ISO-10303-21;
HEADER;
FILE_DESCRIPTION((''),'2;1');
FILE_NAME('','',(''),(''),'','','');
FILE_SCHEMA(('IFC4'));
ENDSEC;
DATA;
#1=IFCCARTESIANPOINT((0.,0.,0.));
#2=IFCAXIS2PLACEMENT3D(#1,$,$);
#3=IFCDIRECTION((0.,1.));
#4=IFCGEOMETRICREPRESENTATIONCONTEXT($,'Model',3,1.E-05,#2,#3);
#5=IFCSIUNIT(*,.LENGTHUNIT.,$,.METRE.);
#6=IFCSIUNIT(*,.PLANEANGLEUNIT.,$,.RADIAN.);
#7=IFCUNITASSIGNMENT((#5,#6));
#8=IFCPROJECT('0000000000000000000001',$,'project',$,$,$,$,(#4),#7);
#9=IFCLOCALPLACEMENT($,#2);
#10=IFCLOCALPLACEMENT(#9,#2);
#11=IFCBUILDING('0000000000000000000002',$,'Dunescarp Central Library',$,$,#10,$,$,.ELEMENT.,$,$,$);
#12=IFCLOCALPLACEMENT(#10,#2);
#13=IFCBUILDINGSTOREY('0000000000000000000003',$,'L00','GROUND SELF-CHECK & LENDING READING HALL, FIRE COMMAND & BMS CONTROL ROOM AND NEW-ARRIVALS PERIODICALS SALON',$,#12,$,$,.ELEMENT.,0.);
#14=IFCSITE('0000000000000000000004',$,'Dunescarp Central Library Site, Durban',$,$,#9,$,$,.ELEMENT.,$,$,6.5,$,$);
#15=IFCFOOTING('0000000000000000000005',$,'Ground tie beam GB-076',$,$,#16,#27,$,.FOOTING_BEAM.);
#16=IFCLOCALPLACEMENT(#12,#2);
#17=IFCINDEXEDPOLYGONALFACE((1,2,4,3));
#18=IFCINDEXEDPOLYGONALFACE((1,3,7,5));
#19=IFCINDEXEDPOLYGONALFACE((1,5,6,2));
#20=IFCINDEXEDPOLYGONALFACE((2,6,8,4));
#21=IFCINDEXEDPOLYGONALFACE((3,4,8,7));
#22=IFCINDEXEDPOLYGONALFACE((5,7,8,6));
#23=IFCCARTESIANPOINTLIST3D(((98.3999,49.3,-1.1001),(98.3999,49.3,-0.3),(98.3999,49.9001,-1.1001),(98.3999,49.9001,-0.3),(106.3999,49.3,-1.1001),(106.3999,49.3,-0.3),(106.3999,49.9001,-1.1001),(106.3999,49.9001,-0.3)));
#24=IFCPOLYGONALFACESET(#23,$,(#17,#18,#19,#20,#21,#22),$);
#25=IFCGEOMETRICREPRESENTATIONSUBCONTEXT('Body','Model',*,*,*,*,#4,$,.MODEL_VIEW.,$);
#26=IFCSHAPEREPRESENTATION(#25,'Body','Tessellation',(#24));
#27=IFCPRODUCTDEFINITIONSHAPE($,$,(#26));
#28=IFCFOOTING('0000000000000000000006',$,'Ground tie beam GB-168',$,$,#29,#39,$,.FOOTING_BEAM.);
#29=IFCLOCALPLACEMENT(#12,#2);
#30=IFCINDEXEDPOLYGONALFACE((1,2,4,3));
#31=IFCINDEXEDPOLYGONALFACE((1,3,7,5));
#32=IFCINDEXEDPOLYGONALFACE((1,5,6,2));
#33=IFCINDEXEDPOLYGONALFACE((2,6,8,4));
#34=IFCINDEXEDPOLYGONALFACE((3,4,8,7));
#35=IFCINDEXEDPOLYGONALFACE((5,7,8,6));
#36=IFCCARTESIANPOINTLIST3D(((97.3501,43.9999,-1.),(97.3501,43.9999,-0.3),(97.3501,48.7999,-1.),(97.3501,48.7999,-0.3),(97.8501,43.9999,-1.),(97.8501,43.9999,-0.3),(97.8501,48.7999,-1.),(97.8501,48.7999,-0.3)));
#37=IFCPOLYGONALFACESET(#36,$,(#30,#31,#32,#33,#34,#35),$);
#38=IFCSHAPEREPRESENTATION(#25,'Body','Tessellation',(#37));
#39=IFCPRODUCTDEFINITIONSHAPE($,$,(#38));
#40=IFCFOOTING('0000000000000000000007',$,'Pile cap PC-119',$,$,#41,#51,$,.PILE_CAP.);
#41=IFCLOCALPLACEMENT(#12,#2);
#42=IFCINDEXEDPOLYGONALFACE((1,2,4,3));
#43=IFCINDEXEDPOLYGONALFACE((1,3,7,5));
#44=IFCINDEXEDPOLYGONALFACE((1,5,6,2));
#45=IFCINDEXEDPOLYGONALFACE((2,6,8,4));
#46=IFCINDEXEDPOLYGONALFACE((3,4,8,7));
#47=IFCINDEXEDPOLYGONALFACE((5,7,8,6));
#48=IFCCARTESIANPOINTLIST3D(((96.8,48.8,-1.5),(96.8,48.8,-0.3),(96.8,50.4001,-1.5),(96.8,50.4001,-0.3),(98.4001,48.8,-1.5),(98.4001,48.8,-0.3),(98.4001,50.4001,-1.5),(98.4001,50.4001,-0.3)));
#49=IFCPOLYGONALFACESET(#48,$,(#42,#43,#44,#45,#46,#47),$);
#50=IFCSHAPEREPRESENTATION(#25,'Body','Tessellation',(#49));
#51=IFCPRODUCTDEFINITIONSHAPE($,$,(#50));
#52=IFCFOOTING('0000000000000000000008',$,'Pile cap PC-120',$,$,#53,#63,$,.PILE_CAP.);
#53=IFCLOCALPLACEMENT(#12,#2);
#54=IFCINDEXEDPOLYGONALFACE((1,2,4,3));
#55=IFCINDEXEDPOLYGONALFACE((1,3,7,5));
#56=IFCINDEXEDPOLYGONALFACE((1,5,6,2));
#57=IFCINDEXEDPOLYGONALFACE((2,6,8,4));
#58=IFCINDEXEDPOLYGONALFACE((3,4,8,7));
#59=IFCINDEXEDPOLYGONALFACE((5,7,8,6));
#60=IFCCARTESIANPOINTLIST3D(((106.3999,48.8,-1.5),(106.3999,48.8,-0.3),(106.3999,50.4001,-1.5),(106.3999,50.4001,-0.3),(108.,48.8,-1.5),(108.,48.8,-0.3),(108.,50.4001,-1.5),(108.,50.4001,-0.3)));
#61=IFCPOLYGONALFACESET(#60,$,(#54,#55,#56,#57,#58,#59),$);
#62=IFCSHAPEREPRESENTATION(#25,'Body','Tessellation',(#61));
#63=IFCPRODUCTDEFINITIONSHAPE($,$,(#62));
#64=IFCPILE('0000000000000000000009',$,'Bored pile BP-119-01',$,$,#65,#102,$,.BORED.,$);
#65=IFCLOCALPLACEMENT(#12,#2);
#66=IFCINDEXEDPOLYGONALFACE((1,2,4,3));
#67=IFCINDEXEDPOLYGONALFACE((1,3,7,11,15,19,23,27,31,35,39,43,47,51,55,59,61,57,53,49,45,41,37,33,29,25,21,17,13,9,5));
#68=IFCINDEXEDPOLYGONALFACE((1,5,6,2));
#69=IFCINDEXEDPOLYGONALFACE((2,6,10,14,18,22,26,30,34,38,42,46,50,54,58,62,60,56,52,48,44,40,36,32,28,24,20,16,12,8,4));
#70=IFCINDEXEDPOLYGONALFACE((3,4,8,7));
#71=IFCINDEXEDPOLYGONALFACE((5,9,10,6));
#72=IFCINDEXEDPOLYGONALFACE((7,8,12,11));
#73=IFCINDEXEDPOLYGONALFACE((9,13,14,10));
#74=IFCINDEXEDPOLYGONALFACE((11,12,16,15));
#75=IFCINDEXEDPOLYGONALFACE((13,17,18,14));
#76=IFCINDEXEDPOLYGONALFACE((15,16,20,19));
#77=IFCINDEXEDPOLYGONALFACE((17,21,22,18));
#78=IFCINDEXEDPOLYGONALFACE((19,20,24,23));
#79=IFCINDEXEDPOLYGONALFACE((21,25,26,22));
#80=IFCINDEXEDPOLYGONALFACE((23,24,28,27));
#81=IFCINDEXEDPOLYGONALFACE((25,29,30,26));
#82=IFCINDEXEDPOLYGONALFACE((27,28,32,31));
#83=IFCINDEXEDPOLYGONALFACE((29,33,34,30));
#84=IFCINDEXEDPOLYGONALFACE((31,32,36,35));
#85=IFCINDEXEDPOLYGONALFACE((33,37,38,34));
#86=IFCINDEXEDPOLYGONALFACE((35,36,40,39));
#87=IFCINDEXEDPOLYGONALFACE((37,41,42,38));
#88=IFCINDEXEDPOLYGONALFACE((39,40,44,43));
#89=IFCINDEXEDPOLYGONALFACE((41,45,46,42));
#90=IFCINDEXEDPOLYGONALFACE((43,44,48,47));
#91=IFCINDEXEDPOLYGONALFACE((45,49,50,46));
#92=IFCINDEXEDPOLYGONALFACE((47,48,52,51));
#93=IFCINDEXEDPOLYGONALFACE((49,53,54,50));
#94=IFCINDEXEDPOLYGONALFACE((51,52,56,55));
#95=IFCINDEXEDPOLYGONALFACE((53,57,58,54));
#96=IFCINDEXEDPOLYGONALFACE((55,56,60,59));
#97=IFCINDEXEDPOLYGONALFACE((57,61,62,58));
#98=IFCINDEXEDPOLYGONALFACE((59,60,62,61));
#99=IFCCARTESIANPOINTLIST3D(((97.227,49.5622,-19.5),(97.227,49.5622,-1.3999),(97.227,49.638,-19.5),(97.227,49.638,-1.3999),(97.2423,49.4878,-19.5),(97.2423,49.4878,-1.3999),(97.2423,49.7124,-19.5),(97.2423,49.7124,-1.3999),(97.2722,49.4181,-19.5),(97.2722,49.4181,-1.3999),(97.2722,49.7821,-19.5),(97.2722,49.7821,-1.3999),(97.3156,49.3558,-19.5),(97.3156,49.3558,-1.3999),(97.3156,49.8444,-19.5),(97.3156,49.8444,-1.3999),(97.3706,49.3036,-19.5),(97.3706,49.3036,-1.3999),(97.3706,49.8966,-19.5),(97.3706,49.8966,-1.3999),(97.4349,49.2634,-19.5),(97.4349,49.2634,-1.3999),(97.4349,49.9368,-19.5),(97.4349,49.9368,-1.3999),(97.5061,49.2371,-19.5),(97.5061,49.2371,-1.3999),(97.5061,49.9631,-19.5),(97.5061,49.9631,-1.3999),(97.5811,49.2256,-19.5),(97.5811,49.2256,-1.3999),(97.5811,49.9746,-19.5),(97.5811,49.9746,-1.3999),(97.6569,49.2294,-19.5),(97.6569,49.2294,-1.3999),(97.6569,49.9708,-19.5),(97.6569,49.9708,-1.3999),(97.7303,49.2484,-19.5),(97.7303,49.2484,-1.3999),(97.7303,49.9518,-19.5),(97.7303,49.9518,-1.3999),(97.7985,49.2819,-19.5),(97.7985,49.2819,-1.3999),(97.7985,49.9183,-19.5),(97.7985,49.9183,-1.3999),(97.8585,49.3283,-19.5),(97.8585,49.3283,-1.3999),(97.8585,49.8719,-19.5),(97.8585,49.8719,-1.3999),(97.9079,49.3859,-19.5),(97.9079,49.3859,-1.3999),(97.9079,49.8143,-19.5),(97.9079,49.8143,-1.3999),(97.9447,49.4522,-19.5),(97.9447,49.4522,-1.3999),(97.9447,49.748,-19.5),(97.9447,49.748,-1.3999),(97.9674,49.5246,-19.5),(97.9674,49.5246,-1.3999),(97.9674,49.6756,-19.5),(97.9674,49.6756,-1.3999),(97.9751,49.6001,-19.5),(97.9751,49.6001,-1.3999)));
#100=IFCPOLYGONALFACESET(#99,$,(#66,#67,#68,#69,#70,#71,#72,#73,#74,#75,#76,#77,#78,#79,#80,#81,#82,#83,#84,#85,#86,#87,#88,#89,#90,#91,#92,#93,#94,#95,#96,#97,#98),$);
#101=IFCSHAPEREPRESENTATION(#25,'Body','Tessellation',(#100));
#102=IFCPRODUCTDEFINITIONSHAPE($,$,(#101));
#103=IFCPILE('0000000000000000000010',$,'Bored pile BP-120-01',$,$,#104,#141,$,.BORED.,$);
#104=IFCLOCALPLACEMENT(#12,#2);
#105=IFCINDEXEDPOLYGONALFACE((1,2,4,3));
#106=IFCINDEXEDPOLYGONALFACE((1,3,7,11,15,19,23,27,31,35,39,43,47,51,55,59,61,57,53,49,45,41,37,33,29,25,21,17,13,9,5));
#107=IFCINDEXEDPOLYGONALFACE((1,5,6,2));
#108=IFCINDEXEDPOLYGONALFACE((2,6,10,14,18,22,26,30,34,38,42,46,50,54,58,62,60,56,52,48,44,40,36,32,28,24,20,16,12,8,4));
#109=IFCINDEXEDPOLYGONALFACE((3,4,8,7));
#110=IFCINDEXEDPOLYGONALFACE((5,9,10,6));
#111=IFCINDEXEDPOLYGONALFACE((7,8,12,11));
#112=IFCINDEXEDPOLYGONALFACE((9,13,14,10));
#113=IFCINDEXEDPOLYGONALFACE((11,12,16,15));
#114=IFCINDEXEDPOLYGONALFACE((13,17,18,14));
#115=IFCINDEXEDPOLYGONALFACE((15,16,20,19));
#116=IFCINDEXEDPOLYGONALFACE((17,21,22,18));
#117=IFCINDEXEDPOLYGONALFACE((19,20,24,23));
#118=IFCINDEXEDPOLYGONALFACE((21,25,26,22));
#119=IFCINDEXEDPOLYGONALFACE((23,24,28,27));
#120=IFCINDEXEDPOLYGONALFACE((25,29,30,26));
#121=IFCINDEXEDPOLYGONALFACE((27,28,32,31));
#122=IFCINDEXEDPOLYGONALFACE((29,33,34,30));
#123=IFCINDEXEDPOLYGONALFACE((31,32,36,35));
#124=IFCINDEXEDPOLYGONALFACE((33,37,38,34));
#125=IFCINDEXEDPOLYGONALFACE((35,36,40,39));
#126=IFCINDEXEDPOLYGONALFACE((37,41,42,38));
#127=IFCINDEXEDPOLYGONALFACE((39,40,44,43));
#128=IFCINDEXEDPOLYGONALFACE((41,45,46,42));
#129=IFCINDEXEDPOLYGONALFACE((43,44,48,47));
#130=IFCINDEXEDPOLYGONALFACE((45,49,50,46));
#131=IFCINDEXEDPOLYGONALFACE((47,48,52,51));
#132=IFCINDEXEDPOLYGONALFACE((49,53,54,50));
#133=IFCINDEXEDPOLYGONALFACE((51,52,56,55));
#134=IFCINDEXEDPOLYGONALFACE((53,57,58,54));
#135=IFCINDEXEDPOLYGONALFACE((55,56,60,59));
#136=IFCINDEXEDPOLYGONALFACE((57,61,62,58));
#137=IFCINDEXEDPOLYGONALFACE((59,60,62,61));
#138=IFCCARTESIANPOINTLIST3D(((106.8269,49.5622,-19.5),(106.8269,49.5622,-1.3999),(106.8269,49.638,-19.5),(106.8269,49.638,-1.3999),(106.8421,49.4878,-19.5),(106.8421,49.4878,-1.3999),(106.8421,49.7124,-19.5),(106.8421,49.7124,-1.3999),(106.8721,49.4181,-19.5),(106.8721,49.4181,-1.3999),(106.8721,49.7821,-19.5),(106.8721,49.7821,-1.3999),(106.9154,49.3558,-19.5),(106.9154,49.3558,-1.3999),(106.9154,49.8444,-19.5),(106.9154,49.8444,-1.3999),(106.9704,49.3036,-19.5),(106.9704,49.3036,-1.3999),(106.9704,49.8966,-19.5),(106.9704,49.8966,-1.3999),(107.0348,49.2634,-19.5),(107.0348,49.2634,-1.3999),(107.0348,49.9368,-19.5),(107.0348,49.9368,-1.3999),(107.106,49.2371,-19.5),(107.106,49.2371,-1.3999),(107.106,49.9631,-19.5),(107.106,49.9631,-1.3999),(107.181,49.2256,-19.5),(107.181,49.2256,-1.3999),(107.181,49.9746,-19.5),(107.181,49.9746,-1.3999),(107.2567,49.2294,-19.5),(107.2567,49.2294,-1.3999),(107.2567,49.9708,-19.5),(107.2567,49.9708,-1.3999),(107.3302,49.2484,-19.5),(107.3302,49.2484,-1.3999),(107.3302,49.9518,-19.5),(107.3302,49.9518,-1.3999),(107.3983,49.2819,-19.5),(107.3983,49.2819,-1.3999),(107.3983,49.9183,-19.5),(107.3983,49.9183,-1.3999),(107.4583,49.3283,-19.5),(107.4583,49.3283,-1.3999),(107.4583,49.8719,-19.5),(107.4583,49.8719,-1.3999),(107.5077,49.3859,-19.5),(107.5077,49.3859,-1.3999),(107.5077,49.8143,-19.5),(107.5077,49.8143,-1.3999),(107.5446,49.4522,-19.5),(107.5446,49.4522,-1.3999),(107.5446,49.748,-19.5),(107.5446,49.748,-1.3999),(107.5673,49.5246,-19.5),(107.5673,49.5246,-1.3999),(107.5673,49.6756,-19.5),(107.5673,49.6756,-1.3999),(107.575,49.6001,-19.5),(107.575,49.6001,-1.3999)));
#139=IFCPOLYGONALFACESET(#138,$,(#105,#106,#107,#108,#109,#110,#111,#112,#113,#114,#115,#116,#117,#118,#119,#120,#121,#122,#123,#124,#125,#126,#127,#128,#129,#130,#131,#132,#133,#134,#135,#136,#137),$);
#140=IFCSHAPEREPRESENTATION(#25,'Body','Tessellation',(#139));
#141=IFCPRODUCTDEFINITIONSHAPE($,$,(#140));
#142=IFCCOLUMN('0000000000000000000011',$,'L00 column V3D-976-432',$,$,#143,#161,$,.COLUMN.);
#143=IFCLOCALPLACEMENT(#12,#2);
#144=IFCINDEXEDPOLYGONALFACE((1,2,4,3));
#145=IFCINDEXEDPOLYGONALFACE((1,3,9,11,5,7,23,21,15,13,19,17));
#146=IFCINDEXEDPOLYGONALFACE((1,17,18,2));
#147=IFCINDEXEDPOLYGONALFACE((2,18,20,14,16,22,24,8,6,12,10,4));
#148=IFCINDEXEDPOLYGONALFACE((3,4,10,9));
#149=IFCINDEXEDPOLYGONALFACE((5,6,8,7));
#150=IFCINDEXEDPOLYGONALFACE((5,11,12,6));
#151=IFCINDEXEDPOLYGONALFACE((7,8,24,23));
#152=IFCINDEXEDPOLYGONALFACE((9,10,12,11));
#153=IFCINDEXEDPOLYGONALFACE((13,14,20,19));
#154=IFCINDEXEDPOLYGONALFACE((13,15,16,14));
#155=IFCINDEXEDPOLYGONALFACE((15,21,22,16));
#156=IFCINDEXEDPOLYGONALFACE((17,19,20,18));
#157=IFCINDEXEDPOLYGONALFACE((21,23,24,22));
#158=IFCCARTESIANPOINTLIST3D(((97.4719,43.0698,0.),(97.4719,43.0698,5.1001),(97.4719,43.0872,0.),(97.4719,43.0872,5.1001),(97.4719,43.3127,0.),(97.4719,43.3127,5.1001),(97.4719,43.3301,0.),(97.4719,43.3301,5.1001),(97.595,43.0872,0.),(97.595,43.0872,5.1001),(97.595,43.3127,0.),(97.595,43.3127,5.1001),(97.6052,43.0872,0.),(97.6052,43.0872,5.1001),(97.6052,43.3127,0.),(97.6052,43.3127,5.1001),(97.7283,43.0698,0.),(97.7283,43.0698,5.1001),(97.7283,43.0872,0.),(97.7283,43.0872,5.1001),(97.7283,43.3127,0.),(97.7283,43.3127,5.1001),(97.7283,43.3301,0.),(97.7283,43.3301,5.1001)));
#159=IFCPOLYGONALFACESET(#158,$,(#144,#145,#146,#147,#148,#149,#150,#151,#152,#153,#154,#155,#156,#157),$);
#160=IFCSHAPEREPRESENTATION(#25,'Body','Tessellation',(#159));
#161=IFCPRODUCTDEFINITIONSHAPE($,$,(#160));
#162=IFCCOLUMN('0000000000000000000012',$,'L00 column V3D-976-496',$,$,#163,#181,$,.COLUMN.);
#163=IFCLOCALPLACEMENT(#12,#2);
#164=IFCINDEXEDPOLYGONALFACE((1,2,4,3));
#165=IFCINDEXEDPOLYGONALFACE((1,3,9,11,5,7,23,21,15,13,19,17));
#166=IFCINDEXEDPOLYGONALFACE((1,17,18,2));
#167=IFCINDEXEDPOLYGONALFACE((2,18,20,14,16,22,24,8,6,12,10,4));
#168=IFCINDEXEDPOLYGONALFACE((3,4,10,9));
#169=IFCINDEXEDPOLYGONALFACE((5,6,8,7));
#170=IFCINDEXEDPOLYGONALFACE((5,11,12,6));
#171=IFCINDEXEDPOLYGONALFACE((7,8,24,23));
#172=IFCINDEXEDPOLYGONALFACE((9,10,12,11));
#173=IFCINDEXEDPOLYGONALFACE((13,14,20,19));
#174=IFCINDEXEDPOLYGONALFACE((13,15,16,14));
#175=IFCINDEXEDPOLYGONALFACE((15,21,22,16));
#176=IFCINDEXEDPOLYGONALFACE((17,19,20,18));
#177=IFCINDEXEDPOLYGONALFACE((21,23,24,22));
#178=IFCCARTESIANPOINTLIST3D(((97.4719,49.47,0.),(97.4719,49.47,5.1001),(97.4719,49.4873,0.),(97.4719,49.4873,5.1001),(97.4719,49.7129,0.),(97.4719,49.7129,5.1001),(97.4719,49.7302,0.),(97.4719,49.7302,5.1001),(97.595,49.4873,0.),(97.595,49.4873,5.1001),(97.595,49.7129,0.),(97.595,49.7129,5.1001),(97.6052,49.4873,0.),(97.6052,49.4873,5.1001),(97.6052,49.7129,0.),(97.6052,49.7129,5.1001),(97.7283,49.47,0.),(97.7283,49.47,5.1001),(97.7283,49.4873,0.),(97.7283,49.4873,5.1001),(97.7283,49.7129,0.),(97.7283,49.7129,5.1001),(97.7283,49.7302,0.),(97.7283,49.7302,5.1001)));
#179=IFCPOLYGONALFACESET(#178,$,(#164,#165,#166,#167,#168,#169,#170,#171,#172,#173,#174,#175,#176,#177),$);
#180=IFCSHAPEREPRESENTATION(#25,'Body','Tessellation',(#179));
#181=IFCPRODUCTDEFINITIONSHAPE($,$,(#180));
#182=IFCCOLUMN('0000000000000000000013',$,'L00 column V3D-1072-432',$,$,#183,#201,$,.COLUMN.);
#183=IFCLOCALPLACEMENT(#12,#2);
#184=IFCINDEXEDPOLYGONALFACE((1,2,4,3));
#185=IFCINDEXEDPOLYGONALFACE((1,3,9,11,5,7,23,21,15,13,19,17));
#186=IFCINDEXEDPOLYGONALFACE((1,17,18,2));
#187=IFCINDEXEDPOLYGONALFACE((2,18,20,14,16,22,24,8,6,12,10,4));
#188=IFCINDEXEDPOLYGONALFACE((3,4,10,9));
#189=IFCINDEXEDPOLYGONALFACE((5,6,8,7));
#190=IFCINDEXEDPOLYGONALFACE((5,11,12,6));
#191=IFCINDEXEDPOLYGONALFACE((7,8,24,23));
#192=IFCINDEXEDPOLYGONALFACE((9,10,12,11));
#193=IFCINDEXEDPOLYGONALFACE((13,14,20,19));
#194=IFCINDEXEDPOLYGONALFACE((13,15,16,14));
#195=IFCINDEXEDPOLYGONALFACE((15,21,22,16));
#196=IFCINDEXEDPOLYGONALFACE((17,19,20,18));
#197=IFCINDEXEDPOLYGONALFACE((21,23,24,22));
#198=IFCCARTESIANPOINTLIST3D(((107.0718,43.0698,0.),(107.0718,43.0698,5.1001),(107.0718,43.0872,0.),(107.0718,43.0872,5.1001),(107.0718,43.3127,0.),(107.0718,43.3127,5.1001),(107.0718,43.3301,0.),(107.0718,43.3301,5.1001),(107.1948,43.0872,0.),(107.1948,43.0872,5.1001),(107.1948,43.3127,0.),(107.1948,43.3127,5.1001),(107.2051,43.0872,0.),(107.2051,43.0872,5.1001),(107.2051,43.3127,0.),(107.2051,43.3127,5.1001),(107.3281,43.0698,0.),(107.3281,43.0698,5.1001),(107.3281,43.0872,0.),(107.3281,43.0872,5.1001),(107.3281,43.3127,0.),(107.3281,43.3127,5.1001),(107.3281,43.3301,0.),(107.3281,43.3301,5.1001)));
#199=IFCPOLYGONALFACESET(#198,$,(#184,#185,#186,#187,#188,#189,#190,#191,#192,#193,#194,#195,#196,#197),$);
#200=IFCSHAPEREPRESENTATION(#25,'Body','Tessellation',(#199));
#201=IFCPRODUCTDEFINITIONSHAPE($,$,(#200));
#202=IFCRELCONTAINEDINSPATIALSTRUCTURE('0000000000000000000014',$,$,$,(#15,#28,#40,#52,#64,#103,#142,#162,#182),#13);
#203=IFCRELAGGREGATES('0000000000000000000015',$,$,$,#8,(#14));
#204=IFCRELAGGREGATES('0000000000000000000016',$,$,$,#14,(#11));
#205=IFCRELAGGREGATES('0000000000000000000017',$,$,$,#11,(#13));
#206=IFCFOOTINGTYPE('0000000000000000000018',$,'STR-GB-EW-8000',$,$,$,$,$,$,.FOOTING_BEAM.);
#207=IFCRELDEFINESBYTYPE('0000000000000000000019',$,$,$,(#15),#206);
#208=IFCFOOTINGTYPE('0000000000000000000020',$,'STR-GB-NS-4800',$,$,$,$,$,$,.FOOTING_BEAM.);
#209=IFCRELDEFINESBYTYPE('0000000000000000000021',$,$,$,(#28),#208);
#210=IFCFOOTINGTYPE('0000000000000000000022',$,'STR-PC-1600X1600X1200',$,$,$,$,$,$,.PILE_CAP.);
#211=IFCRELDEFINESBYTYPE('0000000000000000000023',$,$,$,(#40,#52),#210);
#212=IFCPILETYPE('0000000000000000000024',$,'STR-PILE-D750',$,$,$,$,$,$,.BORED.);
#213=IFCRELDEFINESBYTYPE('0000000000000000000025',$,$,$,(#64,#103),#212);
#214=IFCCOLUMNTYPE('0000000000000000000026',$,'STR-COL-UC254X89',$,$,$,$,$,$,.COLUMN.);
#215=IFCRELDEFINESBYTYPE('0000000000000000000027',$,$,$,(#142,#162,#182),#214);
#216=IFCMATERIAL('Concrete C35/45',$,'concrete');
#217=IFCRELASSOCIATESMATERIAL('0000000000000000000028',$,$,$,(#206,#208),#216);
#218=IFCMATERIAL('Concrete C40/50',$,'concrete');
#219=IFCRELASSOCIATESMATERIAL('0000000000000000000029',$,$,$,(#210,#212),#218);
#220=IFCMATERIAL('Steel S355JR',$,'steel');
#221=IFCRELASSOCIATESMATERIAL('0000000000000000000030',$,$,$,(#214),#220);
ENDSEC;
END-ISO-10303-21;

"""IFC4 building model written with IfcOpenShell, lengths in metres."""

from ifc_helpers import new_model, si_unit, direction, frame, origin, origin_2d, place, context, subcontext, project, spatial, rectangle, circle, i_section, extrude, material, material_profile, profile_set, type_object, element, save


model = new_model("IFC4")

# Units and contexts
model_context = context("Model", 3, precision=1e-05, world=origin(), true_north=direction((0.0, 1.0)))
body_context = subcontext(model_context, "Body", "Model", "MODEL_VIEW")
ifc_project = project(units=[si_unit("LENGTHUNIT", "METRE"), si_unit("PLANEANGLEUNIT", "RADIAN")], contexts=[model_context])

# Site, building, storey
site_placement = place(None, origin())
site = spatial("IfcSite", under=ifc_project, at=site_placement, Name="Dunescarp Central Library Site, Durban", CompositionType="ELEMENT", RefElevation=6.5)
building_placement = place(site_placement, origin())
building = spatial("IfcBuilding", under=site, at=building_placement, Name="Dunescarp Central Library", CompositionType="ELEMENT")
storey_placement = place(building_placement, origin())
storey = spatial("IfcBuildingStorey", under=building, at=storey_placement, Name="L00", Description="GROUND SELF-CHECK & LENDING READING HALL, FIRE COMMAND & BMS CONTROL ROOM AND NEW-ARRIVALS PERIODICALS SALON", CompositionType="ELEMENT", Elevation=0.0)

# Footings
ifc_material_1 = material(Name="Concrete C35/45", Category="concrete")
footing_type_1 = type_object("IfcFootingType", Name="STR-GB-EW-8000", PredefinedType="FOOTING_BEAM", material=ifc_material_1)
footing_1_placement = place(storey_placement, frame((102.3999, 49.6001, -1.1001), z_axis=(0.0, 0.0, 1.0), x_axis=(1.0, 0.0, 0.0)))
element("IfcFooting", 1, at=footing_1_placement, inside=storey, type_object=footing_type_1, Name="Ground tie beam GB-076", PredefinedType="FOOTING_BEAM", context=body_context, shape_type="SweptSolid", body=[
    extrude(rectangle(XDim=8.0, YDim=0.6001, at=origin_2d()), origin(), (0.0, 0.0, 1.0), 0.8),
])
footing_type_2 = type_object("IfcFootingType", Name="STR-GB-NS-4800", PredefinedType="FOOTING_BEAM", material=ifc_material_1)
footing_2_placement = place(storey_placement, frame((97.6001, 46.3999, -1.0), z_axis=(0.0, 0.0, 1.0), x_axis=(0.0, 1.0, 0.0)))
element("IfcFooting", 2, at=footing_2_placement, inside=storey, type_object=footing_type_2, Name="Ground tie beam GB-168", PredefinedType="FOOTING_BEAM", context=body_context, shape_type="SweptSolid", body=[
    extrude(rectangle(XDim=4.8, YDim=0.5, at=origin_2d()), origin(), (0.0, 0.0, 1.0), 0.7),
])
ifc_material_2 = material(Name="Concrete C40/50", Category="concrete")
footing_type_3 = type_object("IfcFootingType", Name="STR-PC-1600X1600X1200", PredefinedType="PILE_CAP", material=ifc_material_2)
for number, where, z_axis, x_axis, name in (
    (3, (97.6001, 49.6001, -1.5), (0.0, 0.0, 1.0), (1.0, 0.0, 0.0), "Pile cap PC-119"),
    (4, (107.2, 49.6001, -1.5), (0.0, 0.0, 1.0), (1.0, 0.0, 0.0), "Pile cap PC-120"),
):
    element("IfcFooting", number, at=place(storey_placement, frame(where, z_axis=z_axis, x_axis=x_axis)), inside=storey, type_object=footing_type_3, Name=name, PredefinedType="PILE_CAP", context=body_context, shape_type="SweptSolid", body=[
        extrude(rectangle(XDim=1.6001, YDim=1.6001, at=origin_2d()), origin(), (0.0, 0.0, 1.0), 1.2),
    ])

# Piles
ifc_material_profile_1 = material_profile(ifc_material_2, circle(Radius=0.375, at=origin_2d()), Name="PILE D750")
ifc_profile_set_1 = profile_set([ifc_material_profile_1], Name="Concrete C40/50")
pile_type = type_object("IfcPileType", Name="STR-PILE-D750", PredefinedType="BORED", material=ifc_profile_set_1)
for number, where, z_axis, x_axis, name in (
    (5, (97.6001, 49.6001, -1.3999), (0.0, 0.0, -1.0), (1.0, 0.0, 0.0), "Bored pile BP-119-01"),
    (6, (107.2, 49.6001, -1.3999), (0.0, 0.0, -1.0), (1.0, 0.0, 0.0), "Bored pile BP-120-01"),
):
    element("IfcPile", number, at=place(storey_placement, frame(where, z_axis=z_axis, x_axis=x_axis)), inside=storey, type_object=pile_type, Name=name, PredefinedType="BORED", context=body_context, shape_type="SweptSolid", body=[
        extrude(circle(Radius=0.375, at=origin_2d()), origin(), (0.0, 0.0, 1.0), 18.1001),
    ])

# Columns
ifc_material_3 = material(Name="Steel S355JR", Category="steel")
ifc_material_profile_2 = material_profile(ifc_material_3, i_section(OverallWidth=0.2563, OverallDepth=0.2603, WebThickness=0.0103, FlangeThickness=0.0173, at=origin_2d()), Name="UC 254x254x89")
ifc_profile_set_2 = profile_set([ifc_material_profile_2], Name="Steel S355JR")
column_type = type_object("IfcColumnType", Name="STR-COL-UC254X89", PredefinedType="COLUMN", material=ifc_profile_set_2)
for number, where, z_axis, x_axis, name in (
    (7, (97.6001, 43.2, 0.0), (0.0, 0.0, 1.0), (1.0, 0.0, 0.0), "L00 column V3D-976-432"),
    (8, (97.6001, 49.6001, 0.0), (0.0, 0.0, 1.0), (1.0, 0.0, 0.0), "L00 column V3D-976-496"),
    (9, (107.2, 43.2, 0.0), (0.0, 0.0, 1.0), (1.0, 0.0, 0.0), "L00 column V3D-1072-432"),
):
    element("IfcColumn", number, at=place(storey_placement, frame(where, z_axis=z_axis, x_axis=x_axis)), inside=storey, type_object=column_type, Name=name, PredefinedType="COLUMN", context=body_context, shape_type="SweptSolid", body=[
        extrude(i_section(OverallWidth=0.2563, OverallDepth=0.2603, WebThickness=0.0103, FlangeThickness=0.0173, at=origin_2d()), origin(), (0.0, 0.0, 1.0), 5.1001),
    ])

save(model, "model.ifc")
